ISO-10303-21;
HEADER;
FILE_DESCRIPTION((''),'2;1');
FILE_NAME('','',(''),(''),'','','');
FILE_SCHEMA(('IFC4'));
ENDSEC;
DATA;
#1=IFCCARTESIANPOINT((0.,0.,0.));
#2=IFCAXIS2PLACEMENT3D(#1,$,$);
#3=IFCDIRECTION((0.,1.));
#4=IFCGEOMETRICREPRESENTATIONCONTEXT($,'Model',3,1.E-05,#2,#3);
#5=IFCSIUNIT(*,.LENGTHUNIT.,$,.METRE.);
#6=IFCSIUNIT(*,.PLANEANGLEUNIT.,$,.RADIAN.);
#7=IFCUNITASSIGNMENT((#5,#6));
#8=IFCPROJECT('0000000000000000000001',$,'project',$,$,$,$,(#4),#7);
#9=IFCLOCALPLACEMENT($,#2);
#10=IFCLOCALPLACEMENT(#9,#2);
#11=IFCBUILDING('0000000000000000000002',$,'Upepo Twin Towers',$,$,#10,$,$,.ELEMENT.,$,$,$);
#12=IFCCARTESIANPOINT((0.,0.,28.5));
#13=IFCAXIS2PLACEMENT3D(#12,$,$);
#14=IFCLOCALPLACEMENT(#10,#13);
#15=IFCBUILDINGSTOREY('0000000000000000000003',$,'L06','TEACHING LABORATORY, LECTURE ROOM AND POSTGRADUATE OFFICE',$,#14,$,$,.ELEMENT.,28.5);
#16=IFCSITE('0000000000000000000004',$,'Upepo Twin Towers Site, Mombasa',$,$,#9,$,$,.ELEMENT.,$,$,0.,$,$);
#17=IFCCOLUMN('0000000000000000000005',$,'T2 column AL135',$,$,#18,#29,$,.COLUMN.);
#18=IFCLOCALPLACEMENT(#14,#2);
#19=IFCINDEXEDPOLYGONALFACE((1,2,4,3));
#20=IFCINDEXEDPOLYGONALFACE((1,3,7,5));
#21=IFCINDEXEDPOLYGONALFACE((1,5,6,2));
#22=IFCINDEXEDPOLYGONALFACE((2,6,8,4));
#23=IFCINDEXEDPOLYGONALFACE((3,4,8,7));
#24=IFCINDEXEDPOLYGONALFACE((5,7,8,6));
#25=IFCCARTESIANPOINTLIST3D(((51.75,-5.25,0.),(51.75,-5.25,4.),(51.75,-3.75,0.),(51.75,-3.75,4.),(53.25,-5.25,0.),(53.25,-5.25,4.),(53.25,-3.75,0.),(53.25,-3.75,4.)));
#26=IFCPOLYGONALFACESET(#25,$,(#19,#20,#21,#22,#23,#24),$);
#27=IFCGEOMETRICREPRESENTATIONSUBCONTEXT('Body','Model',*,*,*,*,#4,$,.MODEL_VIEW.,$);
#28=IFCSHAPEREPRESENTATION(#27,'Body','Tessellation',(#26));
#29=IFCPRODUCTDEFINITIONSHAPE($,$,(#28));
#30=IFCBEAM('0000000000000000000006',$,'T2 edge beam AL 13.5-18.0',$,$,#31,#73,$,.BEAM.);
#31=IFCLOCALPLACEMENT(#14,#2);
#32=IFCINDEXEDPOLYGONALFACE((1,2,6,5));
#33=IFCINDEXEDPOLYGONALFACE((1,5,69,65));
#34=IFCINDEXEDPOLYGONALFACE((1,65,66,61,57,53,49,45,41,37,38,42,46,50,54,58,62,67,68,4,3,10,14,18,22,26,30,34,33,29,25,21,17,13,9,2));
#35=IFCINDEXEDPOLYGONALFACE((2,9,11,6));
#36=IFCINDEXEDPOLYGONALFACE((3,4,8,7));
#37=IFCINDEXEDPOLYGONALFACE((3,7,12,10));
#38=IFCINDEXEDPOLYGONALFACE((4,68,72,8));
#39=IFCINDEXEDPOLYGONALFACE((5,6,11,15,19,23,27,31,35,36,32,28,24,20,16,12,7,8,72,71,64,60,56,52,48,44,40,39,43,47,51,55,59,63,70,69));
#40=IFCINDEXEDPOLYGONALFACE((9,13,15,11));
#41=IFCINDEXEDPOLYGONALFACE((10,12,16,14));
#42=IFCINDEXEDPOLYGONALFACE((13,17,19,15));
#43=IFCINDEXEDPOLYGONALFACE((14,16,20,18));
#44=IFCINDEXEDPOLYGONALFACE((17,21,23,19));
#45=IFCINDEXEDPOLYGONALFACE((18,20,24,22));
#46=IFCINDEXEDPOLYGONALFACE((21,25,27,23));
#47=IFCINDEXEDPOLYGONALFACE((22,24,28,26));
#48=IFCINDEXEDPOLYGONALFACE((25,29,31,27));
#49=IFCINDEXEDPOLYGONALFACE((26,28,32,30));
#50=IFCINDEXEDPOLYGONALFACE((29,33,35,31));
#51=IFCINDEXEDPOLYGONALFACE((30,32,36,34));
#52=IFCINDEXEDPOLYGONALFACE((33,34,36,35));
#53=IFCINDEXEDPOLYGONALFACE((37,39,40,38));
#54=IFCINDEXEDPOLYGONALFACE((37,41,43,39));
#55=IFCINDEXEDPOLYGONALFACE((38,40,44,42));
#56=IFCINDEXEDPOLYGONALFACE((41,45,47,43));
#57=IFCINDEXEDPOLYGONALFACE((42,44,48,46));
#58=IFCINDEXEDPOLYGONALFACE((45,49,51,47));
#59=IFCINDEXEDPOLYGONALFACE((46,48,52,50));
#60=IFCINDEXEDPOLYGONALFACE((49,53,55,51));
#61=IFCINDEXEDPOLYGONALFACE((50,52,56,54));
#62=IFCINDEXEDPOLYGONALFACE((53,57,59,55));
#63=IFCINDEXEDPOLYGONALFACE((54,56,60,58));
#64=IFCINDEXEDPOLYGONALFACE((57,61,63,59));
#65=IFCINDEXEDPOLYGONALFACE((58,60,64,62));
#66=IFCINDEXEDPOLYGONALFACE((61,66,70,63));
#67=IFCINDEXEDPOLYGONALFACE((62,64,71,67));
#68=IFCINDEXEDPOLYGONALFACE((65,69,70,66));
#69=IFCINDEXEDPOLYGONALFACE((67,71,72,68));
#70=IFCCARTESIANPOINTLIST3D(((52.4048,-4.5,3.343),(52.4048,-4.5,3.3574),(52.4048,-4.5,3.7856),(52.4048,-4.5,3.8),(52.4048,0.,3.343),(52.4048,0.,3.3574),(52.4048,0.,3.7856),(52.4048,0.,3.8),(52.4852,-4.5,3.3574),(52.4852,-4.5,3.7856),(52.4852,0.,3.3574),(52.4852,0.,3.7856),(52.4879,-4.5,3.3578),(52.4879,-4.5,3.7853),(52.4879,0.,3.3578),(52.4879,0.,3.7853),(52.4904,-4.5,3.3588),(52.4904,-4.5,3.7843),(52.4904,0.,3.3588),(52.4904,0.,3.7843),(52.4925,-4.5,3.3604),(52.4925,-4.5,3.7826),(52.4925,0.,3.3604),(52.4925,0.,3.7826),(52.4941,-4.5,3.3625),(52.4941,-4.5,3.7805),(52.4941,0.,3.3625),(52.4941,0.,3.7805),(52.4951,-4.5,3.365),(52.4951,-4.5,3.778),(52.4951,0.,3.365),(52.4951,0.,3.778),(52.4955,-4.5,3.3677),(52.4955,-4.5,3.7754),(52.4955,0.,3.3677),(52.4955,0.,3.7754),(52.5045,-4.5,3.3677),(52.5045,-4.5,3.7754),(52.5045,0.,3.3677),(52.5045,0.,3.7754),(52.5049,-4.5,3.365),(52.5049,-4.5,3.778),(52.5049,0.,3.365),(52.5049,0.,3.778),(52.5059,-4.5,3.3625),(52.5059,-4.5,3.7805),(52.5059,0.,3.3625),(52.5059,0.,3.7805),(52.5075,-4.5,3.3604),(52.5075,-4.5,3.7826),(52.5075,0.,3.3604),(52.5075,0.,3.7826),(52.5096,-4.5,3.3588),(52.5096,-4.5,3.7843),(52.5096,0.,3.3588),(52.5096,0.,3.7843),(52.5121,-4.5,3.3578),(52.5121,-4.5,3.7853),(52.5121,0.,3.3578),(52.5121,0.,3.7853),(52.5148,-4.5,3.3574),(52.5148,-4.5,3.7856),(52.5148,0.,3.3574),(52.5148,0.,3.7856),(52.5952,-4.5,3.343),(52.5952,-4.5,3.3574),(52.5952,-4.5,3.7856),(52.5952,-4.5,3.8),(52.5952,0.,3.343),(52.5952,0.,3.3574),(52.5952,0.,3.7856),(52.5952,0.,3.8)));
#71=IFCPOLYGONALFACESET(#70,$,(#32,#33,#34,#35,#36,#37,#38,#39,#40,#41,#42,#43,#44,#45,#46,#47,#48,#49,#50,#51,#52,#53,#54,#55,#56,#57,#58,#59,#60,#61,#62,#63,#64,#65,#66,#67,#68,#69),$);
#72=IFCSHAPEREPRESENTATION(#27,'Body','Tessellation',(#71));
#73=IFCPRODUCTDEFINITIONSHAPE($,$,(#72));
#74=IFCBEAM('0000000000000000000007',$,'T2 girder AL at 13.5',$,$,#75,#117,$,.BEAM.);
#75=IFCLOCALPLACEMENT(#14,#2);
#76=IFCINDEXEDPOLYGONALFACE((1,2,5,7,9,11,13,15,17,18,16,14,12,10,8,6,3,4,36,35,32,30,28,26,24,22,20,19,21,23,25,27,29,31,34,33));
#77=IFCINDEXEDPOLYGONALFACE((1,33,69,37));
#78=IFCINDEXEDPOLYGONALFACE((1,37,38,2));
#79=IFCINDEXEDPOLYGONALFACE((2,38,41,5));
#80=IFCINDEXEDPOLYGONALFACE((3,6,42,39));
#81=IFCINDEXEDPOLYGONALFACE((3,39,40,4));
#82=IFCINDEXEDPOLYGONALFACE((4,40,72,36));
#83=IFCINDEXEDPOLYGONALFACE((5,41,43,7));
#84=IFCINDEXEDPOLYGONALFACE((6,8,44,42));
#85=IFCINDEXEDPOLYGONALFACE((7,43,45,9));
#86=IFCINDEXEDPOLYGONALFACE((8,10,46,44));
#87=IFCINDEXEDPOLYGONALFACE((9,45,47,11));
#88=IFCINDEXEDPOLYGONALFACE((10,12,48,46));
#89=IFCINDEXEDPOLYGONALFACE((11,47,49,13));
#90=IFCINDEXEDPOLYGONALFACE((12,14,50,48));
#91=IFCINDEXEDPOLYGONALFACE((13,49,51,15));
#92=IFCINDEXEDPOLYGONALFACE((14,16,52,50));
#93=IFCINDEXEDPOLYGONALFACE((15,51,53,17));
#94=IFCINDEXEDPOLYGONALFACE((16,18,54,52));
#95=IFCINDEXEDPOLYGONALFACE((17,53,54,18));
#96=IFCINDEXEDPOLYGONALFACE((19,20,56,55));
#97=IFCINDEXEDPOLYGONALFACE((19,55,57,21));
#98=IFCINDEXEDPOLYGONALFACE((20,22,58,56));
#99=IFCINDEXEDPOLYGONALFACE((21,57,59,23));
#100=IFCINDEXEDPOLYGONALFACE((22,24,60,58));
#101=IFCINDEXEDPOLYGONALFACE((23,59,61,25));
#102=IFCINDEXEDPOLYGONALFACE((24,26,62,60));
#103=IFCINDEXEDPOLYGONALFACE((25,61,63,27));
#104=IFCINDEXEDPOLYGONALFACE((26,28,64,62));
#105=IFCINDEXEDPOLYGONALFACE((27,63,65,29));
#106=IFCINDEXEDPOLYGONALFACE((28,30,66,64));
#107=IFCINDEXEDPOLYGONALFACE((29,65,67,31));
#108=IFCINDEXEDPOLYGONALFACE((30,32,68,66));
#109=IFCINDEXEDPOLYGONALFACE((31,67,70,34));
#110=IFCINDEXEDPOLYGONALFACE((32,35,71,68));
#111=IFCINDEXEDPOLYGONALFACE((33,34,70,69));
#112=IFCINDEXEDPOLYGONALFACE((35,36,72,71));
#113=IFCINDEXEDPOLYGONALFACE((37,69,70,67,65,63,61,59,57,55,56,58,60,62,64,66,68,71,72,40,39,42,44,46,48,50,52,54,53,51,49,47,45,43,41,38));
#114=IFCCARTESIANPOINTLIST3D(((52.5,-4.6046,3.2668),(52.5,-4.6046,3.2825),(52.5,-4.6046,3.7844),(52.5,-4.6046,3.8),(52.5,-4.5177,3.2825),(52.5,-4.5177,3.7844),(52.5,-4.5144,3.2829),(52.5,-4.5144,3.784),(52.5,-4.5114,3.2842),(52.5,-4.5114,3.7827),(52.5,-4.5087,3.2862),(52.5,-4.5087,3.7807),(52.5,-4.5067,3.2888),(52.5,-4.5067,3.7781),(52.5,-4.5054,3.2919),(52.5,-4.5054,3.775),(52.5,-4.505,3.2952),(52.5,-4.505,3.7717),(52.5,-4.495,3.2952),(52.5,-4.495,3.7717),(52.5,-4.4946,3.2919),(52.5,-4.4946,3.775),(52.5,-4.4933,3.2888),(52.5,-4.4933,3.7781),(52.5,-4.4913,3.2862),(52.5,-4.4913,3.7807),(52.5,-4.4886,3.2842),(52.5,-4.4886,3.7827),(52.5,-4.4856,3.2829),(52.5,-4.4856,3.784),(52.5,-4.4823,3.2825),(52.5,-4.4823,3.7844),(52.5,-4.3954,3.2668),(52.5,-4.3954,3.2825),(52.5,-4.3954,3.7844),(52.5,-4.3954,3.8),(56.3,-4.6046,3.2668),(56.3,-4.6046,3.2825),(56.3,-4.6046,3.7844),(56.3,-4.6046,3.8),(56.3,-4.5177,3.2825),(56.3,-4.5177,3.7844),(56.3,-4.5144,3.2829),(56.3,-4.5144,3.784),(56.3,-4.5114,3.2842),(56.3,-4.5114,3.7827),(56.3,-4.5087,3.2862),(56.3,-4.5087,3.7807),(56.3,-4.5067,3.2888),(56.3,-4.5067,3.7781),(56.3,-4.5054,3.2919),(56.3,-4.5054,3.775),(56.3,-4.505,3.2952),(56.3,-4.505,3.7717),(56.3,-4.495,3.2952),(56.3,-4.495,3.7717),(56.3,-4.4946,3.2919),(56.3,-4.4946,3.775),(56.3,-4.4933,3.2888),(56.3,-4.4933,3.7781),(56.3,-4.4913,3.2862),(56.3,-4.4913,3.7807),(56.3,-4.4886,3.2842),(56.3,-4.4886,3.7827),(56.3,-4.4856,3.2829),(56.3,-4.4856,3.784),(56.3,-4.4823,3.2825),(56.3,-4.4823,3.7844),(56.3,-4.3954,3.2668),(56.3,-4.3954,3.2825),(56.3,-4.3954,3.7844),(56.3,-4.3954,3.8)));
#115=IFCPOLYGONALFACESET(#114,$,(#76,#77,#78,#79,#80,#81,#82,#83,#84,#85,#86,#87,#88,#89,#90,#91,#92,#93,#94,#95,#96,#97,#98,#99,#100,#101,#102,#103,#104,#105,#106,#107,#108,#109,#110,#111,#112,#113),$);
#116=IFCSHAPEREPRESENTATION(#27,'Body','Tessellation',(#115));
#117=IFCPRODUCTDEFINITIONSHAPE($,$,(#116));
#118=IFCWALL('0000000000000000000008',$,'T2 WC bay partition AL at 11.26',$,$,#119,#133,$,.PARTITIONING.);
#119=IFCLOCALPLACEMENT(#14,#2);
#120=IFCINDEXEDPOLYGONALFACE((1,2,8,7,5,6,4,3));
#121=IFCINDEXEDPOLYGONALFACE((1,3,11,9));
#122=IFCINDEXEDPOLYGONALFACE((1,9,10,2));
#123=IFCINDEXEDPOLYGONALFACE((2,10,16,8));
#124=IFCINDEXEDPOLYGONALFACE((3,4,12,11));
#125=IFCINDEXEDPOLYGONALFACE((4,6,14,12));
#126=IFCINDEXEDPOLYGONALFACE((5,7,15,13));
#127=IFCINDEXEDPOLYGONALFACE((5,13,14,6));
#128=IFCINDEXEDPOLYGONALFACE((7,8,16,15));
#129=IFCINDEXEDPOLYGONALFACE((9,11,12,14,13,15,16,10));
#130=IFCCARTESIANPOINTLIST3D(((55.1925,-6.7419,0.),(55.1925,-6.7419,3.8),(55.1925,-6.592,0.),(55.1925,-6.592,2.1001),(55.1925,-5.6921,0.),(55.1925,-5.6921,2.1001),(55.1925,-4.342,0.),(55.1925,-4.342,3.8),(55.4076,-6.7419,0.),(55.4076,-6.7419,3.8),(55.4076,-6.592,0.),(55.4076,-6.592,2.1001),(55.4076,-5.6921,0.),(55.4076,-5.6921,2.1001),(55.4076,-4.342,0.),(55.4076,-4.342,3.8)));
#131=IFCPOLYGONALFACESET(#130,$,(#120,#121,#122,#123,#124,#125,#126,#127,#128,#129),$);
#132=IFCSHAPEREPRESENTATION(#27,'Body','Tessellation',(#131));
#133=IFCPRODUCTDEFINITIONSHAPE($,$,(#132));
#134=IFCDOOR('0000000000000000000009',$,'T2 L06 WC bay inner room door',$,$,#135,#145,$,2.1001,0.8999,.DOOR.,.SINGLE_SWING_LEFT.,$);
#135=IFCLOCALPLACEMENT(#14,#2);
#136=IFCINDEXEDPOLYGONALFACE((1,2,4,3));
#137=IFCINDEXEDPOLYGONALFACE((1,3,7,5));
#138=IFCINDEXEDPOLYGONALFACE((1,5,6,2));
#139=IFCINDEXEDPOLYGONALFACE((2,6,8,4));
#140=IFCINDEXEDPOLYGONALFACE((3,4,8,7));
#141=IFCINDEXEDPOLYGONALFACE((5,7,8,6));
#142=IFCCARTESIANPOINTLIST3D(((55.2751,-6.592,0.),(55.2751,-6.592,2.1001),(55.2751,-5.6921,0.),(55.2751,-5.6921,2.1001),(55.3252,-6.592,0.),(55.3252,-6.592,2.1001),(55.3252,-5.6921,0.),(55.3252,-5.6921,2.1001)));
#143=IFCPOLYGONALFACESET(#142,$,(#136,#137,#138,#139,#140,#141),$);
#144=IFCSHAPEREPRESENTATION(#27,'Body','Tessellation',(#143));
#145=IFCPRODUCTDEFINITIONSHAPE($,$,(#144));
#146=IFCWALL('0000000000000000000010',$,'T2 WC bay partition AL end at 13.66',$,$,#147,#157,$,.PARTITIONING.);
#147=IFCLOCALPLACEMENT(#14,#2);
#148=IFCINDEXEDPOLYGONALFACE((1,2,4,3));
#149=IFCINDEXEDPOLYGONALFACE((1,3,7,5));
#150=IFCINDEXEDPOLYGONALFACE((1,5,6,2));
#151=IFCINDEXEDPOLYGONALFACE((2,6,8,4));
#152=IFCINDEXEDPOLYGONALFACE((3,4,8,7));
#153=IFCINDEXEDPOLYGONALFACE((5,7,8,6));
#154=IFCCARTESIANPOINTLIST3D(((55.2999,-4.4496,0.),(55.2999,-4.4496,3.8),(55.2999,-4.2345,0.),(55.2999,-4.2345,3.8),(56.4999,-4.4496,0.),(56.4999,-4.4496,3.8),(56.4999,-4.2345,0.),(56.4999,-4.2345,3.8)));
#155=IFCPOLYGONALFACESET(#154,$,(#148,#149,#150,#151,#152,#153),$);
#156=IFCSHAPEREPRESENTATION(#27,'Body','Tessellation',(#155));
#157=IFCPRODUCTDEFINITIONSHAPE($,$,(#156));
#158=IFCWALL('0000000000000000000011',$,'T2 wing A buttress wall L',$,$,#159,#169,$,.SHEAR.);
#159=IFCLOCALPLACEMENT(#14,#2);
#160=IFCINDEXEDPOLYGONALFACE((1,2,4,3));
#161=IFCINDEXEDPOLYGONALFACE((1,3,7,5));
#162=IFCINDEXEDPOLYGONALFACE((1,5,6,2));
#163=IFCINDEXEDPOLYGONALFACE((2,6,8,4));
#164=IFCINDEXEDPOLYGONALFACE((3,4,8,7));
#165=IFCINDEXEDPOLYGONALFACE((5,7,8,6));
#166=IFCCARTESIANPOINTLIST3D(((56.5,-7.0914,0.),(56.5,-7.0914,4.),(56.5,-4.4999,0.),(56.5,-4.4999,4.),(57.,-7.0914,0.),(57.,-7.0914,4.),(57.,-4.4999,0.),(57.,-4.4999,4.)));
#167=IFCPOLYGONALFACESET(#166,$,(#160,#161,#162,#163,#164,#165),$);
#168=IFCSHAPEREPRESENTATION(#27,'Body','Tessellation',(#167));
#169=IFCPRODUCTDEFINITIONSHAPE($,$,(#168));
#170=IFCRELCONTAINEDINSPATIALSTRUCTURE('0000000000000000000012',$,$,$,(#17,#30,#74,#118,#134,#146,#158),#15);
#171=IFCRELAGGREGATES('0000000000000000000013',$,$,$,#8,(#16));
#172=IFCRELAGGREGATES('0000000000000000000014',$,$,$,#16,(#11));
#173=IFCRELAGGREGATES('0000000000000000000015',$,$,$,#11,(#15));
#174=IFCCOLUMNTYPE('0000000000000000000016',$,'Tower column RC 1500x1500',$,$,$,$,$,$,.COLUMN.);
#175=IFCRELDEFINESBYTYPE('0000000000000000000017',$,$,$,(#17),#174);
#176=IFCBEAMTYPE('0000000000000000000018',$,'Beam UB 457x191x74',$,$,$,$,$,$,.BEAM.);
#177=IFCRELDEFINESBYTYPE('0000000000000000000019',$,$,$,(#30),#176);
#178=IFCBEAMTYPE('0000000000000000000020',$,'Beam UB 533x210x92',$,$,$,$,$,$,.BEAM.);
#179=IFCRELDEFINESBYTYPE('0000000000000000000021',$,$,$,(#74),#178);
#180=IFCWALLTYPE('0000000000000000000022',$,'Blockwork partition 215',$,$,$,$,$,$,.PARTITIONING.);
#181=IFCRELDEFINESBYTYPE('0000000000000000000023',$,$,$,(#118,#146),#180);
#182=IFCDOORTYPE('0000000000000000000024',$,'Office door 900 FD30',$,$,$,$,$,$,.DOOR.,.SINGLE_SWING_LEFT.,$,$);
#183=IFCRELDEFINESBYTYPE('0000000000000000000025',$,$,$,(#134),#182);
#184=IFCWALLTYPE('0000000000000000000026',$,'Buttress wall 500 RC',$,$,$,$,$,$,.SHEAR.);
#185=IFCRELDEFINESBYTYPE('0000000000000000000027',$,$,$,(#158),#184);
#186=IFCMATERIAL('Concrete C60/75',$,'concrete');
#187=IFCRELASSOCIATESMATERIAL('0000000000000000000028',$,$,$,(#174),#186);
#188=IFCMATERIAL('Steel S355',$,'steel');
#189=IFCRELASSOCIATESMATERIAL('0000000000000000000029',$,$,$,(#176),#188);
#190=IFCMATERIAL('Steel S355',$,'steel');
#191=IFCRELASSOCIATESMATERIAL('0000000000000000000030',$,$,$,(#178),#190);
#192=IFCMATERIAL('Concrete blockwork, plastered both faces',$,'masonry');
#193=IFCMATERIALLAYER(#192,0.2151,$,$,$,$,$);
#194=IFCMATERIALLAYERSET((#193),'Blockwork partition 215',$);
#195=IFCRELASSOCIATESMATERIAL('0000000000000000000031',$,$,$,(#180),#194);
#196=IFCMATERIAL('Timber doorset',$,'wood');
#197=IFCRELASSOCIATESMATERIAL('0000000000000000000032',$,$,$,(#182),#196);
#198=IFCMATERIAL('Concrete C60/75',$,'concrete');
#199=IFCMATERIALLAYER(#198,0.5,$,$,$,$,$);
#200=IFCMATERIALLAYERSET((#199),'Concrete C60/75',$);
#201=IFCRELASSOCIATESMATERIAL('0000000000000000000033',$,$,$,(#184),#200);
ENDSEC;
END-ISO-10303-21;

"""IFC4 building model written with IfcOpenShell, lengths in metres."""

from ifc_helpers import new_model, si_unit, direction, frame, frame_2d, origin, origin_2d, place, context, subcontext, project, spatial, rectangle, i_section, extrude, material, layer, layer_set, material_profile, profile_set, type_object, element, fill, save


model = new_model("IFC4")

# Units and contexts
model_context = context("Model", 3, precision=1e-05, world=origin(), true_north=direction((0.0, 1.0)))
body_context = subcontext(model_context, "Body", "Model", "MODEL_VIEW")
ifc_project = project(units=[si_unit("LENGTHUNIT", "METRE"), si_unit("PLANEANGLEUNIT", "RADIAN")], contexts=[model_context])

# Site, building, storey
site_placement = place(None, origin())
site = spatial("IfcSite", under=ifc_project, at=site_placement, Name="Upepo Twin Towers Site, Mombasa", CompositionType="ELEMENT", RefElevation=0.0)
building_placement = place(site_placement, origin())
building = spatial("IfcBuilding", under=site, at=building_placement, Name="Upepo Twin Towers", CompositionType="ELEMENT")
storey_placement = place(building_placement, frame((0.0, 0.0, 28.5)))
storey = spatial("IfcBuildingStorey", under=building, at=storey_placement, Name="L06", Description="TEACHING LABORATORY, LECTURE ROOM AND POSTGRADUATE OFFICE", CompositionType="ELEMENT", Elevation=28.5)

# Column
ifc_material_1 = material(Name="Concrete C60/75", Category="concrete")
ifc_material_profile_1 = material_profile(ifc_material_1, rectangle(XDim=1.5, YDim=1.5, at=origin_2d()), Name="RC 1500x1500")
ifc_profile_set_1 = profile_set([ifc_material_profile_1], Name="Concrete C60/75")
column_type = type_object("IfcColumnType", Name="Tower column RC 1500x1500", PredefinedType="COLUMN", material=ifc_profile_set_1)
column_placement = place(storey_placement, frame((52.5, -4.5, 0.0), z_axis=(0.0, 0.0, 1.0), x_axis=(1.0, 0.0, 0.0)))
element("IfcColumn", 1, at=column_placement, inside=storey, type_object=column_type, Name="T2 column AL135", PredefinedType="COLUMN", context=body_context, shape_type="SweptSolid", body=[
    extrude(rectangle(XDim=1.5, YDim=1.5, at=origin_2d()), origin(), (0.0, 0.0, 1.0), 4.0),
])

# Beams
ifc_material_2 = material(Name="Steel S355", Category="steel")
ifc_material_profile_2 = material_profile(ifc_material_2, i_section(OverallWidth=0.1904, OverallDepth=0.457, WebThickness=0.009, FlangeThickness=0.0144, FilletRadius=0.0103, at=origin_2d()), Name="UB 457x191x74")
ifc_profile_set_2 = profile_set([ifc_material_profile_2], Name="Steel S355")
beam_type_1 = type_object("IfcBeamType", Name="Beam UB 457x191x74", PredefinedType="BEAM", material=ifc_profile_set_2)
beam_1_placement = place(storey_placement, frame((52.5, -4.5, 3.5715), z_axis=(0.0, 1.0, 0.0), x_axis=(-1.0, 0.0, 0.0)))
element("IfcBeam", 2, at=beam_1_placement, inside=storey, type_object=beam_type_1, Name="T2 edge beam AL 13.5-18.0", PredefinedType="BEAM", context=body_context, shape_type="SweptSolid", body=[
    extrude(i_section(OverallWidth=0.1904, OverallDepth=0.457, WebThickness=0.009, FlangeThickness=0.0144, FilletRadius=0.0103, at=origin_2d()), origin(), (0.0, 0.0, 1.0), 4.5),
])
ifc_material_3 = material(Name="Steel S355", Category="steel")
ifc_material_profile_3 = material_profile(ifc_material_3, i_section(OverallWidth=0.2092, OverallDepth=0.5332, WebThickness=0.01, FlangeThickness=0.0156, FilletRadius=0.0127, at=origin_2d()), Name="UB 533x210x92")
ifc_profile_set_3 = profile_set([ifc_material_profile_3], Name="Steel S355")
beam_type_2 = type_object("IfcBeamType", Name="Beam UB 533x210x92", PredefinedType="BEAM", material=ifc_profile_set_3)
beam_2_placement = place(storey_placement, frame((52.5, -4.5, 3.5334), z_axis=(1.0, 0.0, 0.0), x_axis=(0.0, 1.0, 0.0)))
element("IfcBeam", 3, at=beam_2_placement, inside=storey, type_object=beam_type_2, Name="T2 girder AL at 13.5", PredefinedType="BEAM", context=body_context, shape_type="SweptSolid", body=[
    extrude(i_section(OverallWidth=0.2092, OverallDepth=0.5332, WebThickness=0.01, FlangeThickness=0.0156, FilletRadius=0.0127, at=origin_2d()), origin(), (0.0, 0.0, 1.0), 3.8),
])

# Wall, opening, door
ifc_material_4 = material(Name="Concrete blockwork, plastered both faces", Category="masonry")
ifc_layer_1 = layer(ifc_material_4, 0.2151)
ifc_layer_set_1 = layer_set([ifc_layer_1], Name="Blockwork partition 215")
wall_type_1 = type_object("IfcWallType", Name="Blockwork partition 215", PredefinedType="PARTITIONING", material=ifc_layer_set_1)
wall_1_placement = place(storey_placement, frame((55.3, -6.7419, 0.0), z_axis=(0.0, 0.0, 1.0), x_axis=(0.0, 1.0, 0.0)))
wall_1 = element("IfcWall", 4, at=wall_1_placement, inside=storey, type_object=wall_type_1, Name="T2 WC bay partition AL at 11.26", PredefinedType="PARTITIONING", context=body_context, shape_type="SweptSolid", body=[
    extrude(rectangle(XDim=2.3999, YDim=0.2151, at=frame_2d((1.2, 0.0))), origin(), (0.0, 0.0, 1.0), 3.8),
])
opening_1_placement = place(wall_1_placement, frame((0.1499, 0.0, 0.0)))
opening_1 = element("IfcOpeningElement", 5, at=opening_1_placement, cuts=wall_1, PredefinedType="OPENING", context=body_context, shape_type="SweptSolid", body=[
    extrude(rectangle(XDim=0.8999, YDim=2.1001, at=frame_2d((0.45, 1.05))), frame((0.0, 0.1174, 0.0), z_axis=(0.0, -1.0, 0.0), x_axis=(1.0, 0.0, 0.0)), (0.0, 0.0, 1.0), 0.2351),
])
ifc_material_5 = material(Name="Timber doorset", Category="wood")
door_type_1 = type_object("IfcDoorType", Name="Office door 900 FD30", OperationType="SINGLE_SWING_LEFT", PredefinedType="DOOR", material=ifc_material_5)
door_1_placement = place(opening_1_placement, origin())
door_1 = element("IfcDoor", 6, at=door_1_placement, inside=storey, type_object=door_type_1, Name="T2 L06 WC bay inner room door", OperationType="SINGLE_SWING_LEFT", OverallHeight=2.1001, OverallWidth=0.8999, PredefinedType="DOOR", context=body_context, shape_type="SweptSolid", body=[
    extrude(rectangle(XDim=0.8999, YDim=2.1001, at=frame_2d((0.45, 1.05))), frame((0.0, 0.0249, 0.0), z_axis=(0.0, -1.0, 0.0), x_axis=(1.0, 0.0, 0.0)), (0.0, 0.0, 1.0), 0.05),
])
fill(opening_1, door_1)

# Walls
wall_2_placement = place(storey_placement, frame((56.5, -4.342, 0.0), z_axis=(0.0, 0.0, 1.0), x_axis=(-1.0, 0.0, 0.0)))
element("IfcWall", 7, at=wall_2_placement, inside=storey, type_object=wall_type_1, Name="T2 WC bay partition AL end at 13.66", PredefinedType="PARTITIONING", context=body_context, shape_type="SweptSolid", body=[
    extrude(rectangle(XDim=1.2, YDim=0.2151, at=frame_2d((0.6001, 0.0))), origin(), (0.0, 0.0, 1.0), 3.8),
])
ifc_material_6 = material(Name="Concrete C60/75", Category="concrete")
ifc_layer_2 = layer(ifc_material_6, 0.5)
ifc_layer_set_2 = layer_set([ifc_layer_2], Name="Concrete C60/75")
wall_type_2 = type_object("IfcWallType", Name="Buttress wall 500 RC", PredefinedType="SHEAR", material=ifc_layer_set_2)
wall_3_placement = place(storey_placement, frame((56.75, -7.0916, 0.0), z_axis=(0.0, 0.0, 1.0), x_axis=(0.0, 1.0, 0.0)))
element("IfcWall", 8, at=wall_3_placement, inside=storey, type_object=wall_type_2, Name="T2 wing A buttress wall L", PredefinedType="SHEAR", context=body_context, shape_type="SweptSolid", body=[
    extrude(rectangle(XDim=2.5916, YDim=0.5, at=frame_2d((1.2959, 0.0))), origin(), (0.0, 0.0, 1.0), 4.0),
])

save(model, "model.ifc")
